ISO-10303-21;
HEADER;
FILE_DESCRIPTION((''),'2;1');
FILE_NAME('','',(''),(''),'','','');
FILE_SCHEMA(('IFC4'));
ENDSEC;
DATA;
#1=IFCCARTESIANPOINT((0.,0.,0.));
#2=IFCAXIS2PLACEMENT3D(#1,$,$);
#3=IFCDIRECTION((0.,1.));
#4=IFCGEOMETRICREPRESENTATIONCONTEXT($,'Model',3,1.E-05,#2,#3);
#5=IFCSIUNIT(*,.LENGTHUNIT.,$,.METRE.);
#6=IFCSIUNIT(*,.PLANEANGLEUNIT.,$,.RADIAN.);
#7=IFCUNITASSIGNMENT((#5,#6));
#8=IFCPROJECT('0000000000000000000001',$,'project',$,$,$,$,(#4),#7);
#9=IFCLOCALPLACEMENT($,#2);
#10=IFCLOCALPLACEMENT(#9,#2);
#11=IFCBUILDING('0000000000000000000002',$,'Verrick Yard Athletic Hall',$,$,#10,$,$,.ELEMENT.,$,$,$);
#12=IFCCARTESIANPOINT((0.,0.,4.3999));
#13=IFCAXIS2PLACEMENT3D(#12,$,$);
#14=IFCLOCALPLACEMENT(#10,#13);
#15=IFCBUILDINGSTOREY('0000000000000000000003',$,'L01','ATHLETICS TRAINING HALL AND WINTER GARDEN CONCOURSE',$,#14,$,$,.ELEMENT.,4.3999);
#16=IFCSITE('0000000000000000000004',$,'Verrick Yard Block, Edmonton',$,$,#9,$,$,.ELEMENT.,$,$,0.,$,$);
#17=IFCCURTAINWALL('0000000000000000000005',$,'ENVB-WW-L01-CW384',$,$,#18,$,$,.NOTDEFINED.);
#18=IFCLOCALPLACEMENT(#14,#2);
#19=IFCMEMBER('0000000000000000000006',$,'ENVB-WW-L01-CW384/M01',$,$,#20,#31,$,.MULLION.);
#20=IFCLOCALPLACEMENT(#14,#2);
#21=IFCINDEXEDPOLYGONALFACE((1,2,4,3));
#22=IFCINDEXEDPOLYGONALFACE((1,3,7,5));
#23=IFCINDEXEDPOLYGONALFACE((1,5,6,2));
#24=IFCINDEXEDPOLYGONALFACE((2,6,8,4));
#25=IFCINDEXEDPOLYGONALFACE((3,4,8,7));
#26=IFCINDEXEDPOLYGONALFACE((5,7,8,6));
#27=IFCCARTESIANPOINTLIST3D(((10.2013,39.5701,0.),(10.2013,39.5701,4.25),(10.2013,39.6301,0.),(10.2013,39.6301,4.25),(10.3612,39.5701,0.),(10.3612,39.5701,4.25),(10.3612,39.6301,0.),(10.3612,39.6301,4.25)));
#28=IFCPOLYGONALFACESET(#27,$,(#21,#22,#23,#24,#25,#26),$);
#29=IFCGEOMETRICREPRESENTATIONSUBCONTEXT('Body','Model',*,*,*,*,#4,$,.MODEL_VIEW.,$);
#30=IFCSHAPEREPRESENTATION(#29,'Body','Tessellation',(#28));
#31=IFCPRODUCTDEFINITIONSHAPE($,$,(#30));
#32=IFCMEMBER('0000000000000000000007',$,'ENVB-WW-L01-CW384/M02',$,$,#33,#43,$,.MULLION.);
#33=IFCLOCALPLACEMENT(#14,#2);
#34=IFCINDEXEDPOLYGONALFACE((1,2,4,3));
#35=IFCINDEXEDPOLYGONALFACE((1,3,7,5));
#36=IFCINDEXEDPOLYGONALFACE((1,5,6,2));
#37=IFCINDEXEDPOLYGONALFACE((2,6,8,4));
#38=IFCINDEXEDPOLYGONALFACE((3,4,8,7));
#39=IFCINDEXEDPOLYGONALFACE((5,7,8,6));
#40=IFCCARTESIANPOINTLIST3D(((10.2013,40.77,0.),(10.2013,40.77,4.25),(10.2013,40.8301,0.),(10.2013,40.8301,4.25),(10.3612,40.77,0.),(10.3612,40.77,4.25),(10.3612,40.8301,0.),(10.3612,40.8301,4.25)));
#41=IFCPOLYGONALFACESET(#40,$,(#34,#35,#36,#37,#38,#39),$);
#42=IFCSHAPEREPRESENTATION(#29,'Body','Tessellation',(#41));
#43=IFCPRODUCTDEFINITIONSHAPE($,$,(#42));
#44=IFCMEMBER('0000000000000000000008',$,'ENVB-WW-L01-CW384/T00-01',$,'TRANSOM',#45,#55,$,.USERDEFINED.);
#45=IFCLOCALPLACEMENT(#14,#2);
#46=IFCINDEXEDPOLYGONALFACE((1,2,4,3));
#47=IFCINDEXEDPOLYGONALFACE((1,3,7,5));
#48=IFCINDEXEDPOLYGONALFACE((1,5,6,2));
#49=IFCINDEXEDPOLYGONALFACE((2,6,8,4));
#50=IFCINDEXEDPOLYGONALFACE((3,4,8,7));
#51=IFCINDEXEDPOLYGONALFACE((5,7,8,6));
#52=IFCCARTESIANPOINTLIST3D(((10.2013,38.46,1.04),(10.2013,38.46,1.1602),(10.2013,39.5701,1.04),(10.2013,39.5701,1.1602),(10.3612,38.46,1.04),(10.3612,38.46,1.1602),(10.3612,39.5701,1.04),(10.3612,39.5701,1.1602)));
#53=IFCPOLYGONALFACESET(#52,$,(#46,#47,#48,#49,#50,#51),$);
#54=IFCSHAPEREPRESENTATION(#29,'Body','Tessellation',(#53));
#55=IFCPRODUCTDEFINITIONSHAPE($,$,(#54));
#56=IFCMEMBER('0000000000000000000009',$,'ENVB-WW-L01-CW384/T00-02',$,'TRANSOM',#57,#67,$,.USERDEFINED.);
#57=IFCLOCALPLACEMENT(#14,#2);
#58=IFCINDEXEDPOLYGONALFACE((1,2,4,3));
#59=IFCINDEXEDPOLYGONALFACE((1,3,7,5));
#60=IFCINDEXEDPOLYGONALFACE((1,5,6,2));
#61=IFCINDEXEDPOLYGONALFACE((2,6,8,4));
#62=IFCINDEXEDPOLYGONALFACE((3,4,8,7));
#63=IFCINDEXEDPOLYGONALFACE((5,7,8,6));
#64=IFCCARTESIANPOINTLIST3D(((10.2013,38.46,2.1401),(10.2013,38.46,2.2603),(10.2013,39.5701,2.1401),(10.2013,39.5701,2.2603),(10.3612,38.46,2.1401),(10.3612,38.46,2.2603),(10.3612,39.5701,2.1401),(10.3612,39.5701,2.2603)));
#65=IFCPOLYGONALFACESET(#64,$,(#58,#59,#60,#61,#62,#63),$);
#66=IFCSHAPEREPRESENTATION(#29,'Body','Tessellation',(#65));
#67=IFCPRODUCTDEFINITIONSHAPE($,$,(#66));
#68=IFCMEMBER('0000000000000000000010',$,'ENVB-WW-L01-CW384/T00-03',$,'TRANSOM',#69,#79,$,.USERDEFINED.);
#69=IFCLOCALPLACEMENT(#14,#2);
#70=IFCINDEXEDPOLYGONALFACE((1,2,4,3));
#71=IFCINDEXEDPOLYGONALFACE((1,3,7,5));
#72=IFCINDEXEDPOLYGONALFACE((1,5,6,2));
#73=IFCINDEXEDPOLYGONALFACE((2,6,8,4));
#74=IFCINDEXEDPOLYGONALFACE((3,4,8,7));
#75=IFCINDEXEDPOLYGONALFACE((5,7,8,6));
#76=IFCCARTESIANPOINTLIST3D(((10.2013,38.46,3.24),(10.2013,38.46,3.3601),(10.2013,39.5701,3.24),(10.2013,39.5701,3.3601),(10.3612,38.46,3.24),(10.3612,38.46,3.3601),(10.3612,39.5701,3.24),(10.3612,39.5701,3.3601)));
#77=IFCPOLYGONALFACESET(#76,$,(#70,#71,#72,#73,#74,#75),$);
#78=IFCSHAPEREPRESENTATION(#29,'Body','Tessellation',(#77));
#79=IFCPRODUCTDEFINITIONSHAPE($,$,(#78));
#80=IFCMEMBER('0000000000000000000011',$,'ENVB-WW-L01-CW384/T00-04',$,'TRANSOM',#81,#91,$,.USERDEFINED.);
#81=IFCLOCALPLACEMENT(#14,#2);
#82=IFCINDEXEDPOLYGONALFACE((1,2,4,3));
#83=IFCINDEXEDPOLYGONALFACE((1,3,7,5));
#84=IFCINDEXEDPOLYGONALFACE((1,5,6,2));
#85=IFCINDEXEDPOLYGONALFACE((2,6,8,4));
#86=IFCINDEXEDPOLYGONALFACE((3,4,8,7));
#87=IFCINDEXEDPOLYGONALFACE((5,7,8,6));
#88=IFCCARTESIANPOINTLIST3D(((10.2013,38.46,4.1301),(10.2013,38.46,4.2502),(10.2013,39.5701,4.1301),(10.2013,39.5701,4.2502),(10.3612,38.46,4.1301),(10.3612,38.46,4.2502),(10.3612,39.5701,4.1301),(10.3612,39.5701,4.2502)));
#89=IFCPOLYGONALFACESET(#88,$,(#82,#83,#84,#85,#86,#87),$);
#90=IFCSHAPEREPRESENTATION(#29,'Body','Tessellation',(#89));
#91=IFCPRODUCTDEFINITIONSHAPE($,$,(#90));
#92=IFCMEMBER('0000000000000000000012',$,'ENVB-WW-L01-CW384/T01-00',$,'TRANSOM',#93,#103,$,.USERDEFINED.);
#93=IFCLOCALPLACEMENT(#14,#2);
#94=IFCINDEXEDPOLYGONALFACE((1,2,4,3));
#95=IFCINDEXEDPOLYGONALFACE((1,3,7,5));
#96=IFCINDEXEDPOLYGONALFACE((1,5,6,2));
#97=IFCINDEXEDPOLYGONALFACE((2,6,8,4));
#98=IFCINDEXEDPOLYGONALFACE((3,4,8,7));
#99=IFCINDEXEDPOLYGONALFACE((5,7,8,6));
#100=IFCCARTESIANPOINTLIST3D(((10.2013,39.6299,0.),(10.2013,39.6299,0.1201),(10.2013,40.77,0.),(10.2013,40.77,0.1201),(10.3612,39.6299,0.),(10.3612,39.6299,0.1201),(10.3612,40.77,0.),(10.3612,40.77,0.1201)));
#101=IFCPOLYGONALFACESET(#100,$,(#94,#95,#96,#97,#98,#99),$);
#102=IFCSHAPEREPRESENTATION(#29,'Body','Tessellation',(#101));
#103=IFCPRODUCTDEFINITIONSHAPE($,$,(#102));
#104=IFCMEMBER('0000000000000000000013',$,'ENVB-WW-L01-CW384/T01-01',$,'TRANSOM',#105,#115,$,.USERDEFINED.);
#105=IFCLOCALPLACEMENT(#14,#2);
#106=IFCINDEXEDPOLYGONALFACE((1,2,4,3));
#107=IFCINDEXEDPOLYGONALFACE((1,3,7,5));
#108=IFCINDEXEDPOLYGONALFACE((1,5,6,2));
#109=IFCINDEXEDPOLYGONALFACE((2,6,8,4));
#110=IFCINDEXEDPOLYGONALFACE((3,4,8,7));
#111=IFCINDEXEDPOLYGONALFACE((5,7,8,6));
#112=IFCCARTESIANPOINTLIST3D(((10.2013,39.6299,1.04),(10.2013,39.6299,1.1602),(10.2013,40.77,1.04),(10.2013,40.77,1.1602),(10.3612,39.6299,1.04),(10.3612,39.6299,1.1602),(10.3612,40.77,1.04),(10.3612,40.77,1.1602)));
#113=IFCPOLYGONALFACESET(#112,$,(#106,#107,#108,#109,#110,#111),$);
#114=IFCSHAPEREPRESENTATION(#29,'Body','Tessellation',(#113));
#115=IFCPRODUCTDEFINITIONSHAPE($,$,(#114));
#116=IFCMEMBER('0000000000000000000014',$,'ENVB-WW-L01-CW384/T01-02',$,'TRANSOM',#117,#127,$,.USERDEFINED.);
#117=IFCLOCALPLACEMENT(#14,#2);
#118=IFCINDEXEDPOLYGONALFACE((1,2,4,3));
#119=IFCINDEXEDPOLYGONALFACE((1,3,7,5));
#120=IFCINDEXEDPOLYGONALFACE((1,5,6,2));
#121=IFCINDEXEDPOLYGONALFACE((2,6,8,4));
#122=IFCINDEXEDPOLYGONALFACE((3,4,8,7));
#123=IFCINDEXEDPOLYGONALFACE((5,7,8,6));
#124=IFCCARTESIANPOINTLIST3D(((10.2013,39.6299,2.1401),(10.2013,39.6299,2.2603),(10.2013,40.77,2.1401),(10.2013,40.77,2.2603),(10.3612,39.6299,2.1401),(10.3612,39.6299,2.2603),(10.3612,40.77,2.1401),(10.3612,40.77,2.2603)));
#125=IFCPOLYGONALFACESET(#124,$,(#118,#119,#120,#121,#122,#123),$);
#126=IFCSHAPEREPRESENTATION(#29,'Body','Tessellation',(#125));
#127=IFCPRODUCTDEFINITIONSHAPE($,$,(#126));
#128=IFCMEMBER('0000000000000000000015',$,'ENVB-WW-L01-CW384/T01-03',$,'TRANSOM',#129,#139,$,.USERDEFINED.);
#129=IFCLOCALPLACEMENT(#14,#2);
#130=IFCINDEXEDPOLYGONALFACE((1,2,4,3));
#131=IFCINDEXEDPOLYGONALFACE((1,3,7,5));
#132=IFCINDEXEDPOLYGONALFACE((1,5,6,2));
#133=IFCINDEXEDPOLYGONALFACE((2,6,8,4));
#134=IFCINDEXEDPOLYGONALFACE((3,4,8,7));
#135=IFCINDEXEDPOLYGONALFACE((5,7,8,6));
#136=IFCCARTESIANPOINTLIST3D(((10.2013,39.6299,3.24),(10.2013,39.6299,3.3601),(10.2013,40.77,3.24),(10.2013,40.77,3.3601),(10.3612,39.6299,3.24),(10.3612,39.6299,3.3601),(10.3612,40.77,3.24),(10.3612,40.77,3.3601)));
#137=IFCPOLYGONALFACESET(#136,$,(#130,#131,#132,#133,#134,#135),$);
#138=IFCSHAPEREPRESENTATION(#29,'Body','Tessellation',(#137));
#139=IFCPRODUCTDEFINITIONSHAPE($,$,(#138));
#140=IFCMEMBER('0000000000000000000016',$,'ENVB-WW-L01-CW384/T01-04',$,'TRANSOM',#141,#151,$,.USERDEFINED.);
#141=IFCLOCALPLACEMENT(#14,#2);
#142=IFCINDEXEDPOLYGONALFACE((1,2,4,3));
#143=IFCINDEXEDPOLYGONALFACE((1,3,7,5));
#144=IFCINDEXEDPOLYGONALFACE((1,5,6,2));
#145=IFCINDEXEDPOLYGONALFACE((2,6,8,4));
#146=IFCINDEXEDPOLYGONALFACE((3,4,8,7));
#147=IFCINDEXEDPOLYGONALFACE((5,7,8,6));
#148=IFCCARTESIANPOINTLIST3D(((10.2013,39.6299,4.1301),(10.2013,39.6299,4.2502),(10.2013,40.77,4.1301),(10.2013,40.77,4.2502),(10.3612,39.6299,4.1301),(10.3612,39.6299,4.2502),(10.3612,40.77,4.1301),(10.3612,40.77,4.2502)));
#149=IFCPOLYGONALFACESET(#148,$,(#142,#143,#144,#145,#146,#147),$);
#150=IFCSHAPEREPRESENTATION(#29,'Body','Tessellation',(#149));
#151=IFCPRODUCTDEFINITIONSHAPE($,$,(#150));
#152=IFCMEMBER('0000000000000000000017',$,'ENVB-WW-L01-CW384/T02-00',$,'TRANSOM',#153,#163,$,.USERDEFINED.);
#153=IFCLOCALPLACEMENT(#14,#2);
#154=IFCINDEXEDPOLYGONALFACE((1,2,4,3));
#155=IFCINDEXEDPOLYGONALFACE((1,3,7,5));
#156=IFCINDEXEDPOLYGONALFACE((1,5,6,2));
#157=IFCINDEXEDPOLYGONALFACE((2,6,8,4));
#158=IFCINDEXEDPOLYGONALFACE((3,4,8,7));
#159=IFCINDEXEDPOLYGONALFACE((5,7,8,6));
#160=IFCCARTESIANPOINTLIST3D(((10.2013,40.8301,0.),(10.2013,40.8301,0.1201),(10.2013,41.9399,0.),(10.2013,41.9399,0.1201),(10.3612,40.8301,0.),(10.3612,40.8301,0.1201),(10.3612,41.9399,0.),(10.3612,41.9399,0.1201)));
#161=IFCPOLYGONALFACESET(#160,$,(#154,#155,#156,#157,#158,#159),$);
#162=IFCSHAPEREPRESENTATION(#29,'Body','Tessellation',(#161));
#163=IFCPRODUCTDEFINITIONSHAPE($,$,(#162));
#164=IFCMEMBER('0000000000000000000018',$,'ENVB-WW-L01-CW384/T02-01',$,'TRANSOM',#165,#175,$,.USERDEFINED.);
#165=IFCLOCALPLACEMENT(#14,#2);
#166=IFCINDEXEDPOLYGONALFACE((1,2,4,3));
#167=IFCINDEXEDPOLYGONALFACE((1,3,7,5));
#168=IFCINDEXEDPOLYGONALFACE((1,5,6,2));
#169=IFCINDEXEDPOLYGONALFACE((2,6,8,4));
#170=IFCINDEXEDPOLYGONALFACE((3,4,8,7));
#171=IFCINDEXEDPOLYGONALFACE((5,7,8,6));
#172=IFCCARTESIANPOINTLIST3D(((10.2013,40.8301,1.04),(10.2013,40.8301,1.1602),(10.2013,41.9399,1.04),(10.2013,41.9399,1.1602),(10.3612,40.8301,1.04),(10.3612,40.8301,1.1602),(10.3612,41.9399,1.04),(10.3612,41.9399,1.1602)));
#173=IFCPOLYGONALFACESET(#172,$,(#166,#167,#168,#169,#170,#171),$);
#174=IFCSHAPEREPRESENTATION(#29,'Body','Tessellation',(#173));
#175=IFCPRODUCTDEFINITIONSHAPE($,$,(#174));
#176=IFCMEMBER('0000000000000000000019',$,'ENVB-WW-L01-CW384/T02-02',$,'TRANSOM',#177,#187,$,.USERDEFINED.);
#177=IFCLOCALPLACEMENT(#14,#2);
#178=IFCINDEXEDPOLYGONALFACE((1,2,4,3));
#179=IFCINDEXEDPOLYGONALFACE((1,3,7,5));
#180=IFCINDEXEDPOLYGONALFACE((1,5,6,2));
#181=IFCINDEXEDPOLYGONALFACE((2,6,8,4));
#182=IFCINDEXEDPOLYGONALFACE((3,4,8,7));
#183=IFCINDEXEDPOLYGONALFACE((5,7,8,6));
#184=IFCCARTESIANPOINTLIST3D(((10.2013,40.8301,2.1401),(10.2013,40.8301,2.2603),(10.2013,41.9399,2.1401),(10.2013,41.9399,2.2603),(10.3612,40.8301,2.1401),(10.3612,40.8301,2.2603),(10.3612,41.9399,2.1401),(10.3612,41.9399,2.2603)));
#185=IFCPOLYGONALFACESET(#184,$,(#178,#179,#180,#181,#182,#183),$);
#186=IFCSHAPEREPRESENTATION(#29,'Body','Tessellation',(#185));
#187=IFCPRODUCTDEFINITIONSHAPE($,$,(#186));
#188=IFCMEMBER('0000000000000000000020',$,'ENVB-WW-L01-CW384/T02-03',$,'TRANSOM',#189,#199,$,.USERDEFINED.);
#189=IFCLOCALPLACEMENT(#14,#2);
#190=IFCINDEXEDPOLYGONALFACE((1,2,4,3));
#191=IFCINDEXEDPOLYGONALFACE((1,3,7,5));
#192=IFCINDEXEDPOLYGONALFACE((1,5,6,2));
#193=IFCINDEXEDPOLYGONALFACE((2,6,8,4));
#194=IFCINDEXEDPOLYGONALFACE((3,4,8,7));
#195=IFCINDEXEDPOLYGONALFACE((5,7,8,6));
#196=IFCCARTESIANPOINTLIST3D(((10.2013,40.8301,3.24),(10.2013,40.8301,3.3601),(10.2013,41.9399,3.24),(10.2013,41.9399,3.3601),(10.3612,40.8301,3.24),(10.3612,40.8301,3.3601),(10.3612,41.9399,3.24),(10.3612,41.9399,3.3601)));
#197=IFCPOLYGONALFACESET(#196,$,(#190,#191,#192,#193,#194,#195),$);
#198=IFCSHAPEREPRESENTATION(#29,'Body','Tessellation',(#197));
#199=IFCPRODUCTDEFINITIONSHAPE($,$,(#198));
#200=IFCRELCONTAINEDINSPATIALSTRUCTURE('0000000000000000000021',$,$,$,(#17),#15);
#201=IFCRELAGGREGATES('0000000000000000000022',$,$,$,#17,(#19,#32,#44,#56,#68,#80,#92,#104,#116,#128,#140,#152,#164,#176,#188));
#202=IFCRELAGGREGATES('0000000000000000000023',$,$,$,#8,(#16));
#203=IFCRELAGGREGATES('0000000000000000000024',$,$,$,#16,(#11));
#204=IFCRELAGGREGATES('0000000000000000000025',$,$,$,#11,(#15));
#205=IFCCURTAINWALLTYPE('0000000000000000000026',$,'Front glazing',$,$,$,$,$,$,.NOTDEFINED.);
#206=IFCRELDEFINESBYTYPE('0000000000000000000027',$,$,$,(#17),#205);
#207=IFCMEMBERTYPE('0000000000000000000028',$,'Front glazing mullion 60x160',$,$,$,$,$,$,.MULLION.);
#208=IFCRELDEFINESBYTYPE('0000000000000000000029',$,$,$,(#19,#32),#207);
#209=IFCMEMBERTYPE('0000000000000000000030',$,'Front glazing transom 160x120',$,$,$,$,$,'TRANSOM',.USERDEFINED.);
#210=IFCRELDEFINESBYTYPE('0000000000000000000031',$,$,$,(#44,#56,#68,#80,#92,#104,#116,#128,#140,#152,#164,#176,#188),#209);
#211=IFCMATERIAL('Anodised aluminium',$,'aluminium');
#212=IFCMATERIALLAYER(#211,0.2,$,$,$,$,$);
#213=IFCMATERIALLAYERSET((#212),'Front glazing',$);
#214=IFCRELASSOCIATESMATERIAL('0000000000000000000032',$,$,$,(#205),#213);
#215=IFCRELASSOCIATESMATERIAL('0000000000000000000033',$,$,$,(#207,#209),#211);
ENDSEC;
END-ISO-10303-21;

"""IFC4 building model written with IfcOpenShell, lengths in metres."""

from ifc_helpers import new_model, si_unit, direction, frame, origin, origin_2d, place, context, subcontext, project, spatial, rectangle, extrude, material, layer, layer_set, material_profile, profile_set, type_object, element, aggregate, save


model = new_model("IFC4")

# Units and contexts
model_context = context("Model", 3, precision=1e-05, world=origin(), true_north=direction((0.0, 1.0)))
body_context = subcontext(model_context, "Body", "Model", "MODEL_VIEW")
ifc_project = project(units=[si_unit("LENGTHUNIT", "METRE"), si_unit("PLANEANGLEUNIT", "RADIAN")], contexts=[model_context])

# Site, building, storey
site_placement = place(None, origin())
site = spatial("IfcSite", under=ifc_project, at=site_placement, Name="Verrick Yard Block, Edmonton", CompositionType="ELEMENT", RefElevation=0.0)
building_placement = place(site_placement, origin())
building = spatial("IfcBuilding", under=site, at=building_placement, Name="Verrick Yard Athletic Hall", CompositionType="ELEMENT")
storey_placement = place(building_placement, frame((0.0, 0.0, 4.3999)))
storey = spatial("IfcBuildingStorey", under=building, at=storey_placement, Name="L01", Description="ATHLETICS TRAINING HALL AND WINTER GARDEN CONCOURSE", CompositionType="ELEMENT", Elevation=4.3999)

# Curtain wall, members
ifc_material_1 = material(Name="Anodised aluminium", Category="aluminium")
ifc_layer_1 = layer(ifc_material_1, 0.2)
ifc_layer_set_1 = layer_set([ifc_layer_1], Name="Front glazing")
curtain_wall_type = type_object("IfcCurtainWallType", Name="Front glazing", PredefinedType="NOTDEFINED", material=ifc_layer_set_1)
curtain_wall_placement = place(storey_placement, origin())
curtain_wall = element("IfcCurtainWall", 1, at=curtain_wall_placement, inside=storey, type_object=curtain_wall_type, Name="ENVB-WW-L01-CW384", PredefinedType="NOTDEFINED")
ifc_material_profile_1 = material_profile(ifc_material_1, rectangle(XDim=0.1599, YDim=0.0601, at=origin_2d()), Name="CW mullion 60x160")
ifc_profile_set_1 = profile_set([ifc_material_profile_1], Name="Anodised aluminium")
member_type_1 = type_object("IfcMemberType", Name="Front glazing mullion 60x160", PredefinedType="MULLION", material=ifc_profile_set_1)
member_1_placement = place(storey_placement, frame((10.2812, 39.6001, 0.0), z_axis=(0.0, 0.0, 1.0), x_axis=(-1.0, 0.0, 0.0)))
member_1 = element("IfcMember", 2, at=member_1_placement, type_object=member_type_1, Name="ENVB-WW-L01-CW384/M01", PredefinedType="MULLION", context=body_context, shape_type="SweptSolid", body=[
    extrude(rectangle(XDim=0.1599, YDim=0.0601, at=origin_2d()), origin(), (0.0, 0.0, 1.0), 4.25),
])
member_2_placement = place(storey_placement, frame((10.2812, 40.8, 0.0), z_axis=(0.0, 0.0, 1.0), x_axis=(-1.0, 0.0, 0.0)))
member_2 = element("IfcMember", 3, at=member_2_placement, type_object=member_type_1, Name="ENVB-WW-L01-CW384/M02", PredefinedType="MULLION", context=body_context, shape_type="SweptSolid", body=[
    extrude(rectangle(XDim=0.1599, YDim=0.0601, at=origin_2d()), origin(), (0.0, 0.0, 1.0), 4.25),
])
ifc_material_profile_2 = material_profile(ifc_material_1, rectangle(XDim=0.1599, YDim=0.1201, at=origin_2d()), Name="CW transom 160x120")
ifc_profile_set_2 = profile_set([ifc_material_profile_2], Name="Anodised aluminium")
member_type_2 = type_object("IfcMemberType", Name="Front glazing transom 160x120", ElementType="TRANSOM", PredefinedType="USERDEFINED", material=ifc_profile_set_2)
member_3_placement = place(storey_placement, frame((10.2812, 38.46, 1.1001), z_axis=(0.0, 1.0, 0.0), x_axis=(-1.0, 0.0, 0.0)))
member_3 = element("IfcMember", 4, at=member_3_placement, type_object=member_type_2, Name="ENVB-WW-L01-CW384/T00-01", ObjectType="TRANSOM", PredefinedType="USERDEFINED", context=body_context, shape_type="SweptSolid", body=[
    extrude(rectangle(XDim=0.1599, YDim=0.1201, at=origin_2d()), origin(), (0.0, 0.0, 1.0), 1.1101),
])
member_4_placement = place(storey_placement, frame((10.2812, 38.46, 2.2002), z_axis=(0.0, 1.0, 0.0), x_axis=(-1.0, 0.0, 0.0)))
member_4 = element("IfcMember", 5, at=member_4_placement, type_object=member_type_2, Name="ENVB-WW-L01-CW384/T00-02", ObjectType="TRANSOM", PredefinedType="USERDEFINED", context=body_context, shape_type="SweptSolid", body=[
    extrude(rectangle(XDim=0.1599, YDim=0.1201, at=origin_2d()), origin(), (0.0, 0.0, 1.0), 1.1101),
])
member_5_placement = place(storey_placement, frame((10.2812, 38.46, 3.3), z_axis=(0.0, 1.0, 0.0), x_axis=(-1.0, 0.0, 0.0)))
member_5 = element("IfcMember", 6, at=member_5_placement, type_object=member_type_2, Name="ENVB-WW-L01-CW384/T00-03", ObjectType="TRANSOM", PredefinedType="USERDEFINED", context=body_context, shape_type="SweptSolid", body=[
    extrude(rectangle(XDim=0.1599, YDim=0.1201, at=origin_2d()), origin(), (0.0, 0.0, 1.0), 1.1101),
])
member_6_placement = place(storey_placement, frame((10.2812, 38.46, 4.1902), z_axis=(0.0, 1.0, 0.0), x_axis=(-1.0, 0.0, 0.0)))
member_6 = element("IfcMember", 7, at=member_6_placement, type_object=member_type_2, Name="ENVB-WW-L01-CW384/T00-04", ObjectType="TRANSOM", PredefinedType="USERDEFINED", context=body_context, shape_type="SweptSolid", body=[
    extrude(rectangle(XDim=0.1599, YDim=0.1201, at=origin_2d()), origin(), (0.0, 0.0, 1.0), 1.1101),
])
member_7_placement = place(storey_placement, frame((10.2812, 39.6299, 0.0601), z_axis=(0.0, 1.0, 0.0), x_axis=(-1.0, 0.0, 0.0)))
member_7 = element("IfcMember", 8, at=member_7_placement, type_object=member_type_2, Name="ENVB-WW-L01-CW384/T01-00", ObjectType="TRANSOM", PredefinedType="USERDEFINED", context=body_context, shape_type="SweptSolid", body=[
    extrude(rectangle(XDim=0.1599, YDim=0.1201, at=origin_2d()), origin(), (0.0, 0.0, 1.0), 1.1401),
])
member_8_placement = place(storey_placement, frame((10.2812, 39.6299, 1.1001), z_axis=(0.0, 1.0, 0.0), x_axis=(-1.0, 0.0, 0.0)))
member_8 = element("IfcMember", 9, at=member_8_placement, type_object=member_type_2, Name="ENVB-WW-L01-CW384/T01-01", ObjectType="TRANSOM", PredefinedType="USERDEFINED", context=body_context, shape_type="SweptSolid", body=[
    extrude(rectangle(XDim=0.1599, YDim=0.1201, at=origin_2d()), origin(), (0.0, 0.0, 1.0), 1.1401),
])
member_9_placement = place(storey_placement, frame((10.2812, 39.6299, 2.2002), z_axis=(0.0, 1.0, 0.0), x_axis=(-1.0, 0.0, 0.0)))
member_9 = element("IfcMember", 10, at=member_9_placement, type_object=member_type_2, Name="ENVB-WW-L01-CW384/T01-02", ObjectType="TRANSOM", PredefinedType="USERDEFINED", context=body_context, shape_type="SweptSolid", body=[
    extrude(rectangle(XDim=0.1599, YDim=0.1201, at=origin_2d()), origin(), (0.0, 0.0, 1.0), 1.1401),
])
member_10_placement = place(storey_placement, frame((10.2812, 39.6299, 3.3), z_axis=(0.0, 1.0, 0.0), x_axis=(-1.0, 0.0, 0.0)))
member_10 = element("IfcMember", 11, at=member_10_placement, type_object=member_type_2, Name="ENVB-WW-L01-CW384/T01-03", ObjectType="TRANSOM", PredefinedType="USERDEFINED", context=body_context, shape_type="SweptSolid", body=[
    extrude(rectangle(XDim=0.1599, YDim=0.1201, at=origin_2d()), origin(), (0.0, 0.0, 1.0), 1.1401),
])
member_11_placement = place(storey_placement, frame((10.2812, 39.6299, 4.1902), z_axis=(0.0, 1.0, 0.0), x_axis=(-1.0, 0.0, 0.0)))
member_11 = element("IfcMember", 12, at=member_11_placement, type_object=member_type_2, Name="ENVB-WW-L01-CW384/T01-04", ObjectType="TRANSOM", PredefinedType="USERDEFINED", context=body_context, shape_type="SweptSolid", body=[
    extrude(rectangle(XDim=0.1599, YDim=0.1201, at=origin_2d()), origin(), (0.0, 0.0, 1.0), 1.1401),
])
member_12_placement = place(storey_placement, frame((10.2812, 40.8301, 0.0601), z_axis=(0.0, 1.0, 0.0), x_axis=(-1.0, 0.0, 0.0)))
member_12 = element("IfcMember", 13, at=member_12_placement, type_object=member_type_2, Name="ENVB-WW-L01-CW384/T02-00", ObjectType="TRANSOM", PredefinedType="USERDEFINED", context=body_context, shape_type="SweptSolid", body=[
    extrude(rectangle(XDim=0.1599, YDim=0.1201, at=origin_2d()), origin(), (0.0, 0.0, 1.0), 1.1099),
])
member_13_placement = place(storey_placement, frame((10.2812, 40.8301, 1.1001), z_axis=(0.0, 1.0, 0.0), x_axis=(-1.0, 0.0, 0.0)))
member_13 = element("IfcMember", 14, at=member_13_placement, type_object=member_type_2, Name="ENVB-WW-L01-CW384/T02-01", ObjectType="TRANSOM", PredefinedType="USERDEFINED", context=body_context, shape_type="SweptSolid", body=[
    extrude(rectangle(XDim=0.1599, YDim=0.1201, at=origin_2d()), origin(), (0.0, 0.0, 1.0), 1.1099),
])
member_14_placement = place(storey_placement, frame((10.2812, 40.8301, 2.2002), z_axis=(0.0, 1.0, 0.0), x_axis=(-1.0, 0.0, 0.0)))
member_14 = element("IfcMember", 15, at=member_14_placement, type_object=member_type_2, Name="ENVB-WW-L01-CW384/T02-02", ObjectType="TRANSOM", PredefinedType="USERDEFINED", context=body_context, shape_type="SweptSolid", body=[
    extrude(rectangle(XDim=0.1599, YDim=0.1201, at=origin_2d()), origin(), (0.0, 0.0, 1.0), 1.1099),
])
member_15_placement = place(storey_placement, frame((10.2812, 40.8301, 3.3), z_axis=(0.0, 1.0, 0.0), x_axis=(-1.0, 0.0, 0.0)))
member_15 = element("IfcMember", 16, at=member_15_placement, type_object=member_type_2, Name="ENVB-WW-L01-CW384/T02-03", ObjectType="TRANSOM", PredefinedType="USERDEFINED", context=body_context, shape_type="SweptSolid", body=[
    extrude(rectangle(XDim=0.1599, YDim=0.1201, at=origin_2d()), origin(), (0.0, 0.0, 1.0), 1.1099),
])

aggregate(curtain_wall, [member_1, member_2, member_3, member_4, member_5, member_6, member_7, member_8, member_9, member_10, member_11, member_12, member_13, member_14, member_15])

save(model, "model.ifc")
